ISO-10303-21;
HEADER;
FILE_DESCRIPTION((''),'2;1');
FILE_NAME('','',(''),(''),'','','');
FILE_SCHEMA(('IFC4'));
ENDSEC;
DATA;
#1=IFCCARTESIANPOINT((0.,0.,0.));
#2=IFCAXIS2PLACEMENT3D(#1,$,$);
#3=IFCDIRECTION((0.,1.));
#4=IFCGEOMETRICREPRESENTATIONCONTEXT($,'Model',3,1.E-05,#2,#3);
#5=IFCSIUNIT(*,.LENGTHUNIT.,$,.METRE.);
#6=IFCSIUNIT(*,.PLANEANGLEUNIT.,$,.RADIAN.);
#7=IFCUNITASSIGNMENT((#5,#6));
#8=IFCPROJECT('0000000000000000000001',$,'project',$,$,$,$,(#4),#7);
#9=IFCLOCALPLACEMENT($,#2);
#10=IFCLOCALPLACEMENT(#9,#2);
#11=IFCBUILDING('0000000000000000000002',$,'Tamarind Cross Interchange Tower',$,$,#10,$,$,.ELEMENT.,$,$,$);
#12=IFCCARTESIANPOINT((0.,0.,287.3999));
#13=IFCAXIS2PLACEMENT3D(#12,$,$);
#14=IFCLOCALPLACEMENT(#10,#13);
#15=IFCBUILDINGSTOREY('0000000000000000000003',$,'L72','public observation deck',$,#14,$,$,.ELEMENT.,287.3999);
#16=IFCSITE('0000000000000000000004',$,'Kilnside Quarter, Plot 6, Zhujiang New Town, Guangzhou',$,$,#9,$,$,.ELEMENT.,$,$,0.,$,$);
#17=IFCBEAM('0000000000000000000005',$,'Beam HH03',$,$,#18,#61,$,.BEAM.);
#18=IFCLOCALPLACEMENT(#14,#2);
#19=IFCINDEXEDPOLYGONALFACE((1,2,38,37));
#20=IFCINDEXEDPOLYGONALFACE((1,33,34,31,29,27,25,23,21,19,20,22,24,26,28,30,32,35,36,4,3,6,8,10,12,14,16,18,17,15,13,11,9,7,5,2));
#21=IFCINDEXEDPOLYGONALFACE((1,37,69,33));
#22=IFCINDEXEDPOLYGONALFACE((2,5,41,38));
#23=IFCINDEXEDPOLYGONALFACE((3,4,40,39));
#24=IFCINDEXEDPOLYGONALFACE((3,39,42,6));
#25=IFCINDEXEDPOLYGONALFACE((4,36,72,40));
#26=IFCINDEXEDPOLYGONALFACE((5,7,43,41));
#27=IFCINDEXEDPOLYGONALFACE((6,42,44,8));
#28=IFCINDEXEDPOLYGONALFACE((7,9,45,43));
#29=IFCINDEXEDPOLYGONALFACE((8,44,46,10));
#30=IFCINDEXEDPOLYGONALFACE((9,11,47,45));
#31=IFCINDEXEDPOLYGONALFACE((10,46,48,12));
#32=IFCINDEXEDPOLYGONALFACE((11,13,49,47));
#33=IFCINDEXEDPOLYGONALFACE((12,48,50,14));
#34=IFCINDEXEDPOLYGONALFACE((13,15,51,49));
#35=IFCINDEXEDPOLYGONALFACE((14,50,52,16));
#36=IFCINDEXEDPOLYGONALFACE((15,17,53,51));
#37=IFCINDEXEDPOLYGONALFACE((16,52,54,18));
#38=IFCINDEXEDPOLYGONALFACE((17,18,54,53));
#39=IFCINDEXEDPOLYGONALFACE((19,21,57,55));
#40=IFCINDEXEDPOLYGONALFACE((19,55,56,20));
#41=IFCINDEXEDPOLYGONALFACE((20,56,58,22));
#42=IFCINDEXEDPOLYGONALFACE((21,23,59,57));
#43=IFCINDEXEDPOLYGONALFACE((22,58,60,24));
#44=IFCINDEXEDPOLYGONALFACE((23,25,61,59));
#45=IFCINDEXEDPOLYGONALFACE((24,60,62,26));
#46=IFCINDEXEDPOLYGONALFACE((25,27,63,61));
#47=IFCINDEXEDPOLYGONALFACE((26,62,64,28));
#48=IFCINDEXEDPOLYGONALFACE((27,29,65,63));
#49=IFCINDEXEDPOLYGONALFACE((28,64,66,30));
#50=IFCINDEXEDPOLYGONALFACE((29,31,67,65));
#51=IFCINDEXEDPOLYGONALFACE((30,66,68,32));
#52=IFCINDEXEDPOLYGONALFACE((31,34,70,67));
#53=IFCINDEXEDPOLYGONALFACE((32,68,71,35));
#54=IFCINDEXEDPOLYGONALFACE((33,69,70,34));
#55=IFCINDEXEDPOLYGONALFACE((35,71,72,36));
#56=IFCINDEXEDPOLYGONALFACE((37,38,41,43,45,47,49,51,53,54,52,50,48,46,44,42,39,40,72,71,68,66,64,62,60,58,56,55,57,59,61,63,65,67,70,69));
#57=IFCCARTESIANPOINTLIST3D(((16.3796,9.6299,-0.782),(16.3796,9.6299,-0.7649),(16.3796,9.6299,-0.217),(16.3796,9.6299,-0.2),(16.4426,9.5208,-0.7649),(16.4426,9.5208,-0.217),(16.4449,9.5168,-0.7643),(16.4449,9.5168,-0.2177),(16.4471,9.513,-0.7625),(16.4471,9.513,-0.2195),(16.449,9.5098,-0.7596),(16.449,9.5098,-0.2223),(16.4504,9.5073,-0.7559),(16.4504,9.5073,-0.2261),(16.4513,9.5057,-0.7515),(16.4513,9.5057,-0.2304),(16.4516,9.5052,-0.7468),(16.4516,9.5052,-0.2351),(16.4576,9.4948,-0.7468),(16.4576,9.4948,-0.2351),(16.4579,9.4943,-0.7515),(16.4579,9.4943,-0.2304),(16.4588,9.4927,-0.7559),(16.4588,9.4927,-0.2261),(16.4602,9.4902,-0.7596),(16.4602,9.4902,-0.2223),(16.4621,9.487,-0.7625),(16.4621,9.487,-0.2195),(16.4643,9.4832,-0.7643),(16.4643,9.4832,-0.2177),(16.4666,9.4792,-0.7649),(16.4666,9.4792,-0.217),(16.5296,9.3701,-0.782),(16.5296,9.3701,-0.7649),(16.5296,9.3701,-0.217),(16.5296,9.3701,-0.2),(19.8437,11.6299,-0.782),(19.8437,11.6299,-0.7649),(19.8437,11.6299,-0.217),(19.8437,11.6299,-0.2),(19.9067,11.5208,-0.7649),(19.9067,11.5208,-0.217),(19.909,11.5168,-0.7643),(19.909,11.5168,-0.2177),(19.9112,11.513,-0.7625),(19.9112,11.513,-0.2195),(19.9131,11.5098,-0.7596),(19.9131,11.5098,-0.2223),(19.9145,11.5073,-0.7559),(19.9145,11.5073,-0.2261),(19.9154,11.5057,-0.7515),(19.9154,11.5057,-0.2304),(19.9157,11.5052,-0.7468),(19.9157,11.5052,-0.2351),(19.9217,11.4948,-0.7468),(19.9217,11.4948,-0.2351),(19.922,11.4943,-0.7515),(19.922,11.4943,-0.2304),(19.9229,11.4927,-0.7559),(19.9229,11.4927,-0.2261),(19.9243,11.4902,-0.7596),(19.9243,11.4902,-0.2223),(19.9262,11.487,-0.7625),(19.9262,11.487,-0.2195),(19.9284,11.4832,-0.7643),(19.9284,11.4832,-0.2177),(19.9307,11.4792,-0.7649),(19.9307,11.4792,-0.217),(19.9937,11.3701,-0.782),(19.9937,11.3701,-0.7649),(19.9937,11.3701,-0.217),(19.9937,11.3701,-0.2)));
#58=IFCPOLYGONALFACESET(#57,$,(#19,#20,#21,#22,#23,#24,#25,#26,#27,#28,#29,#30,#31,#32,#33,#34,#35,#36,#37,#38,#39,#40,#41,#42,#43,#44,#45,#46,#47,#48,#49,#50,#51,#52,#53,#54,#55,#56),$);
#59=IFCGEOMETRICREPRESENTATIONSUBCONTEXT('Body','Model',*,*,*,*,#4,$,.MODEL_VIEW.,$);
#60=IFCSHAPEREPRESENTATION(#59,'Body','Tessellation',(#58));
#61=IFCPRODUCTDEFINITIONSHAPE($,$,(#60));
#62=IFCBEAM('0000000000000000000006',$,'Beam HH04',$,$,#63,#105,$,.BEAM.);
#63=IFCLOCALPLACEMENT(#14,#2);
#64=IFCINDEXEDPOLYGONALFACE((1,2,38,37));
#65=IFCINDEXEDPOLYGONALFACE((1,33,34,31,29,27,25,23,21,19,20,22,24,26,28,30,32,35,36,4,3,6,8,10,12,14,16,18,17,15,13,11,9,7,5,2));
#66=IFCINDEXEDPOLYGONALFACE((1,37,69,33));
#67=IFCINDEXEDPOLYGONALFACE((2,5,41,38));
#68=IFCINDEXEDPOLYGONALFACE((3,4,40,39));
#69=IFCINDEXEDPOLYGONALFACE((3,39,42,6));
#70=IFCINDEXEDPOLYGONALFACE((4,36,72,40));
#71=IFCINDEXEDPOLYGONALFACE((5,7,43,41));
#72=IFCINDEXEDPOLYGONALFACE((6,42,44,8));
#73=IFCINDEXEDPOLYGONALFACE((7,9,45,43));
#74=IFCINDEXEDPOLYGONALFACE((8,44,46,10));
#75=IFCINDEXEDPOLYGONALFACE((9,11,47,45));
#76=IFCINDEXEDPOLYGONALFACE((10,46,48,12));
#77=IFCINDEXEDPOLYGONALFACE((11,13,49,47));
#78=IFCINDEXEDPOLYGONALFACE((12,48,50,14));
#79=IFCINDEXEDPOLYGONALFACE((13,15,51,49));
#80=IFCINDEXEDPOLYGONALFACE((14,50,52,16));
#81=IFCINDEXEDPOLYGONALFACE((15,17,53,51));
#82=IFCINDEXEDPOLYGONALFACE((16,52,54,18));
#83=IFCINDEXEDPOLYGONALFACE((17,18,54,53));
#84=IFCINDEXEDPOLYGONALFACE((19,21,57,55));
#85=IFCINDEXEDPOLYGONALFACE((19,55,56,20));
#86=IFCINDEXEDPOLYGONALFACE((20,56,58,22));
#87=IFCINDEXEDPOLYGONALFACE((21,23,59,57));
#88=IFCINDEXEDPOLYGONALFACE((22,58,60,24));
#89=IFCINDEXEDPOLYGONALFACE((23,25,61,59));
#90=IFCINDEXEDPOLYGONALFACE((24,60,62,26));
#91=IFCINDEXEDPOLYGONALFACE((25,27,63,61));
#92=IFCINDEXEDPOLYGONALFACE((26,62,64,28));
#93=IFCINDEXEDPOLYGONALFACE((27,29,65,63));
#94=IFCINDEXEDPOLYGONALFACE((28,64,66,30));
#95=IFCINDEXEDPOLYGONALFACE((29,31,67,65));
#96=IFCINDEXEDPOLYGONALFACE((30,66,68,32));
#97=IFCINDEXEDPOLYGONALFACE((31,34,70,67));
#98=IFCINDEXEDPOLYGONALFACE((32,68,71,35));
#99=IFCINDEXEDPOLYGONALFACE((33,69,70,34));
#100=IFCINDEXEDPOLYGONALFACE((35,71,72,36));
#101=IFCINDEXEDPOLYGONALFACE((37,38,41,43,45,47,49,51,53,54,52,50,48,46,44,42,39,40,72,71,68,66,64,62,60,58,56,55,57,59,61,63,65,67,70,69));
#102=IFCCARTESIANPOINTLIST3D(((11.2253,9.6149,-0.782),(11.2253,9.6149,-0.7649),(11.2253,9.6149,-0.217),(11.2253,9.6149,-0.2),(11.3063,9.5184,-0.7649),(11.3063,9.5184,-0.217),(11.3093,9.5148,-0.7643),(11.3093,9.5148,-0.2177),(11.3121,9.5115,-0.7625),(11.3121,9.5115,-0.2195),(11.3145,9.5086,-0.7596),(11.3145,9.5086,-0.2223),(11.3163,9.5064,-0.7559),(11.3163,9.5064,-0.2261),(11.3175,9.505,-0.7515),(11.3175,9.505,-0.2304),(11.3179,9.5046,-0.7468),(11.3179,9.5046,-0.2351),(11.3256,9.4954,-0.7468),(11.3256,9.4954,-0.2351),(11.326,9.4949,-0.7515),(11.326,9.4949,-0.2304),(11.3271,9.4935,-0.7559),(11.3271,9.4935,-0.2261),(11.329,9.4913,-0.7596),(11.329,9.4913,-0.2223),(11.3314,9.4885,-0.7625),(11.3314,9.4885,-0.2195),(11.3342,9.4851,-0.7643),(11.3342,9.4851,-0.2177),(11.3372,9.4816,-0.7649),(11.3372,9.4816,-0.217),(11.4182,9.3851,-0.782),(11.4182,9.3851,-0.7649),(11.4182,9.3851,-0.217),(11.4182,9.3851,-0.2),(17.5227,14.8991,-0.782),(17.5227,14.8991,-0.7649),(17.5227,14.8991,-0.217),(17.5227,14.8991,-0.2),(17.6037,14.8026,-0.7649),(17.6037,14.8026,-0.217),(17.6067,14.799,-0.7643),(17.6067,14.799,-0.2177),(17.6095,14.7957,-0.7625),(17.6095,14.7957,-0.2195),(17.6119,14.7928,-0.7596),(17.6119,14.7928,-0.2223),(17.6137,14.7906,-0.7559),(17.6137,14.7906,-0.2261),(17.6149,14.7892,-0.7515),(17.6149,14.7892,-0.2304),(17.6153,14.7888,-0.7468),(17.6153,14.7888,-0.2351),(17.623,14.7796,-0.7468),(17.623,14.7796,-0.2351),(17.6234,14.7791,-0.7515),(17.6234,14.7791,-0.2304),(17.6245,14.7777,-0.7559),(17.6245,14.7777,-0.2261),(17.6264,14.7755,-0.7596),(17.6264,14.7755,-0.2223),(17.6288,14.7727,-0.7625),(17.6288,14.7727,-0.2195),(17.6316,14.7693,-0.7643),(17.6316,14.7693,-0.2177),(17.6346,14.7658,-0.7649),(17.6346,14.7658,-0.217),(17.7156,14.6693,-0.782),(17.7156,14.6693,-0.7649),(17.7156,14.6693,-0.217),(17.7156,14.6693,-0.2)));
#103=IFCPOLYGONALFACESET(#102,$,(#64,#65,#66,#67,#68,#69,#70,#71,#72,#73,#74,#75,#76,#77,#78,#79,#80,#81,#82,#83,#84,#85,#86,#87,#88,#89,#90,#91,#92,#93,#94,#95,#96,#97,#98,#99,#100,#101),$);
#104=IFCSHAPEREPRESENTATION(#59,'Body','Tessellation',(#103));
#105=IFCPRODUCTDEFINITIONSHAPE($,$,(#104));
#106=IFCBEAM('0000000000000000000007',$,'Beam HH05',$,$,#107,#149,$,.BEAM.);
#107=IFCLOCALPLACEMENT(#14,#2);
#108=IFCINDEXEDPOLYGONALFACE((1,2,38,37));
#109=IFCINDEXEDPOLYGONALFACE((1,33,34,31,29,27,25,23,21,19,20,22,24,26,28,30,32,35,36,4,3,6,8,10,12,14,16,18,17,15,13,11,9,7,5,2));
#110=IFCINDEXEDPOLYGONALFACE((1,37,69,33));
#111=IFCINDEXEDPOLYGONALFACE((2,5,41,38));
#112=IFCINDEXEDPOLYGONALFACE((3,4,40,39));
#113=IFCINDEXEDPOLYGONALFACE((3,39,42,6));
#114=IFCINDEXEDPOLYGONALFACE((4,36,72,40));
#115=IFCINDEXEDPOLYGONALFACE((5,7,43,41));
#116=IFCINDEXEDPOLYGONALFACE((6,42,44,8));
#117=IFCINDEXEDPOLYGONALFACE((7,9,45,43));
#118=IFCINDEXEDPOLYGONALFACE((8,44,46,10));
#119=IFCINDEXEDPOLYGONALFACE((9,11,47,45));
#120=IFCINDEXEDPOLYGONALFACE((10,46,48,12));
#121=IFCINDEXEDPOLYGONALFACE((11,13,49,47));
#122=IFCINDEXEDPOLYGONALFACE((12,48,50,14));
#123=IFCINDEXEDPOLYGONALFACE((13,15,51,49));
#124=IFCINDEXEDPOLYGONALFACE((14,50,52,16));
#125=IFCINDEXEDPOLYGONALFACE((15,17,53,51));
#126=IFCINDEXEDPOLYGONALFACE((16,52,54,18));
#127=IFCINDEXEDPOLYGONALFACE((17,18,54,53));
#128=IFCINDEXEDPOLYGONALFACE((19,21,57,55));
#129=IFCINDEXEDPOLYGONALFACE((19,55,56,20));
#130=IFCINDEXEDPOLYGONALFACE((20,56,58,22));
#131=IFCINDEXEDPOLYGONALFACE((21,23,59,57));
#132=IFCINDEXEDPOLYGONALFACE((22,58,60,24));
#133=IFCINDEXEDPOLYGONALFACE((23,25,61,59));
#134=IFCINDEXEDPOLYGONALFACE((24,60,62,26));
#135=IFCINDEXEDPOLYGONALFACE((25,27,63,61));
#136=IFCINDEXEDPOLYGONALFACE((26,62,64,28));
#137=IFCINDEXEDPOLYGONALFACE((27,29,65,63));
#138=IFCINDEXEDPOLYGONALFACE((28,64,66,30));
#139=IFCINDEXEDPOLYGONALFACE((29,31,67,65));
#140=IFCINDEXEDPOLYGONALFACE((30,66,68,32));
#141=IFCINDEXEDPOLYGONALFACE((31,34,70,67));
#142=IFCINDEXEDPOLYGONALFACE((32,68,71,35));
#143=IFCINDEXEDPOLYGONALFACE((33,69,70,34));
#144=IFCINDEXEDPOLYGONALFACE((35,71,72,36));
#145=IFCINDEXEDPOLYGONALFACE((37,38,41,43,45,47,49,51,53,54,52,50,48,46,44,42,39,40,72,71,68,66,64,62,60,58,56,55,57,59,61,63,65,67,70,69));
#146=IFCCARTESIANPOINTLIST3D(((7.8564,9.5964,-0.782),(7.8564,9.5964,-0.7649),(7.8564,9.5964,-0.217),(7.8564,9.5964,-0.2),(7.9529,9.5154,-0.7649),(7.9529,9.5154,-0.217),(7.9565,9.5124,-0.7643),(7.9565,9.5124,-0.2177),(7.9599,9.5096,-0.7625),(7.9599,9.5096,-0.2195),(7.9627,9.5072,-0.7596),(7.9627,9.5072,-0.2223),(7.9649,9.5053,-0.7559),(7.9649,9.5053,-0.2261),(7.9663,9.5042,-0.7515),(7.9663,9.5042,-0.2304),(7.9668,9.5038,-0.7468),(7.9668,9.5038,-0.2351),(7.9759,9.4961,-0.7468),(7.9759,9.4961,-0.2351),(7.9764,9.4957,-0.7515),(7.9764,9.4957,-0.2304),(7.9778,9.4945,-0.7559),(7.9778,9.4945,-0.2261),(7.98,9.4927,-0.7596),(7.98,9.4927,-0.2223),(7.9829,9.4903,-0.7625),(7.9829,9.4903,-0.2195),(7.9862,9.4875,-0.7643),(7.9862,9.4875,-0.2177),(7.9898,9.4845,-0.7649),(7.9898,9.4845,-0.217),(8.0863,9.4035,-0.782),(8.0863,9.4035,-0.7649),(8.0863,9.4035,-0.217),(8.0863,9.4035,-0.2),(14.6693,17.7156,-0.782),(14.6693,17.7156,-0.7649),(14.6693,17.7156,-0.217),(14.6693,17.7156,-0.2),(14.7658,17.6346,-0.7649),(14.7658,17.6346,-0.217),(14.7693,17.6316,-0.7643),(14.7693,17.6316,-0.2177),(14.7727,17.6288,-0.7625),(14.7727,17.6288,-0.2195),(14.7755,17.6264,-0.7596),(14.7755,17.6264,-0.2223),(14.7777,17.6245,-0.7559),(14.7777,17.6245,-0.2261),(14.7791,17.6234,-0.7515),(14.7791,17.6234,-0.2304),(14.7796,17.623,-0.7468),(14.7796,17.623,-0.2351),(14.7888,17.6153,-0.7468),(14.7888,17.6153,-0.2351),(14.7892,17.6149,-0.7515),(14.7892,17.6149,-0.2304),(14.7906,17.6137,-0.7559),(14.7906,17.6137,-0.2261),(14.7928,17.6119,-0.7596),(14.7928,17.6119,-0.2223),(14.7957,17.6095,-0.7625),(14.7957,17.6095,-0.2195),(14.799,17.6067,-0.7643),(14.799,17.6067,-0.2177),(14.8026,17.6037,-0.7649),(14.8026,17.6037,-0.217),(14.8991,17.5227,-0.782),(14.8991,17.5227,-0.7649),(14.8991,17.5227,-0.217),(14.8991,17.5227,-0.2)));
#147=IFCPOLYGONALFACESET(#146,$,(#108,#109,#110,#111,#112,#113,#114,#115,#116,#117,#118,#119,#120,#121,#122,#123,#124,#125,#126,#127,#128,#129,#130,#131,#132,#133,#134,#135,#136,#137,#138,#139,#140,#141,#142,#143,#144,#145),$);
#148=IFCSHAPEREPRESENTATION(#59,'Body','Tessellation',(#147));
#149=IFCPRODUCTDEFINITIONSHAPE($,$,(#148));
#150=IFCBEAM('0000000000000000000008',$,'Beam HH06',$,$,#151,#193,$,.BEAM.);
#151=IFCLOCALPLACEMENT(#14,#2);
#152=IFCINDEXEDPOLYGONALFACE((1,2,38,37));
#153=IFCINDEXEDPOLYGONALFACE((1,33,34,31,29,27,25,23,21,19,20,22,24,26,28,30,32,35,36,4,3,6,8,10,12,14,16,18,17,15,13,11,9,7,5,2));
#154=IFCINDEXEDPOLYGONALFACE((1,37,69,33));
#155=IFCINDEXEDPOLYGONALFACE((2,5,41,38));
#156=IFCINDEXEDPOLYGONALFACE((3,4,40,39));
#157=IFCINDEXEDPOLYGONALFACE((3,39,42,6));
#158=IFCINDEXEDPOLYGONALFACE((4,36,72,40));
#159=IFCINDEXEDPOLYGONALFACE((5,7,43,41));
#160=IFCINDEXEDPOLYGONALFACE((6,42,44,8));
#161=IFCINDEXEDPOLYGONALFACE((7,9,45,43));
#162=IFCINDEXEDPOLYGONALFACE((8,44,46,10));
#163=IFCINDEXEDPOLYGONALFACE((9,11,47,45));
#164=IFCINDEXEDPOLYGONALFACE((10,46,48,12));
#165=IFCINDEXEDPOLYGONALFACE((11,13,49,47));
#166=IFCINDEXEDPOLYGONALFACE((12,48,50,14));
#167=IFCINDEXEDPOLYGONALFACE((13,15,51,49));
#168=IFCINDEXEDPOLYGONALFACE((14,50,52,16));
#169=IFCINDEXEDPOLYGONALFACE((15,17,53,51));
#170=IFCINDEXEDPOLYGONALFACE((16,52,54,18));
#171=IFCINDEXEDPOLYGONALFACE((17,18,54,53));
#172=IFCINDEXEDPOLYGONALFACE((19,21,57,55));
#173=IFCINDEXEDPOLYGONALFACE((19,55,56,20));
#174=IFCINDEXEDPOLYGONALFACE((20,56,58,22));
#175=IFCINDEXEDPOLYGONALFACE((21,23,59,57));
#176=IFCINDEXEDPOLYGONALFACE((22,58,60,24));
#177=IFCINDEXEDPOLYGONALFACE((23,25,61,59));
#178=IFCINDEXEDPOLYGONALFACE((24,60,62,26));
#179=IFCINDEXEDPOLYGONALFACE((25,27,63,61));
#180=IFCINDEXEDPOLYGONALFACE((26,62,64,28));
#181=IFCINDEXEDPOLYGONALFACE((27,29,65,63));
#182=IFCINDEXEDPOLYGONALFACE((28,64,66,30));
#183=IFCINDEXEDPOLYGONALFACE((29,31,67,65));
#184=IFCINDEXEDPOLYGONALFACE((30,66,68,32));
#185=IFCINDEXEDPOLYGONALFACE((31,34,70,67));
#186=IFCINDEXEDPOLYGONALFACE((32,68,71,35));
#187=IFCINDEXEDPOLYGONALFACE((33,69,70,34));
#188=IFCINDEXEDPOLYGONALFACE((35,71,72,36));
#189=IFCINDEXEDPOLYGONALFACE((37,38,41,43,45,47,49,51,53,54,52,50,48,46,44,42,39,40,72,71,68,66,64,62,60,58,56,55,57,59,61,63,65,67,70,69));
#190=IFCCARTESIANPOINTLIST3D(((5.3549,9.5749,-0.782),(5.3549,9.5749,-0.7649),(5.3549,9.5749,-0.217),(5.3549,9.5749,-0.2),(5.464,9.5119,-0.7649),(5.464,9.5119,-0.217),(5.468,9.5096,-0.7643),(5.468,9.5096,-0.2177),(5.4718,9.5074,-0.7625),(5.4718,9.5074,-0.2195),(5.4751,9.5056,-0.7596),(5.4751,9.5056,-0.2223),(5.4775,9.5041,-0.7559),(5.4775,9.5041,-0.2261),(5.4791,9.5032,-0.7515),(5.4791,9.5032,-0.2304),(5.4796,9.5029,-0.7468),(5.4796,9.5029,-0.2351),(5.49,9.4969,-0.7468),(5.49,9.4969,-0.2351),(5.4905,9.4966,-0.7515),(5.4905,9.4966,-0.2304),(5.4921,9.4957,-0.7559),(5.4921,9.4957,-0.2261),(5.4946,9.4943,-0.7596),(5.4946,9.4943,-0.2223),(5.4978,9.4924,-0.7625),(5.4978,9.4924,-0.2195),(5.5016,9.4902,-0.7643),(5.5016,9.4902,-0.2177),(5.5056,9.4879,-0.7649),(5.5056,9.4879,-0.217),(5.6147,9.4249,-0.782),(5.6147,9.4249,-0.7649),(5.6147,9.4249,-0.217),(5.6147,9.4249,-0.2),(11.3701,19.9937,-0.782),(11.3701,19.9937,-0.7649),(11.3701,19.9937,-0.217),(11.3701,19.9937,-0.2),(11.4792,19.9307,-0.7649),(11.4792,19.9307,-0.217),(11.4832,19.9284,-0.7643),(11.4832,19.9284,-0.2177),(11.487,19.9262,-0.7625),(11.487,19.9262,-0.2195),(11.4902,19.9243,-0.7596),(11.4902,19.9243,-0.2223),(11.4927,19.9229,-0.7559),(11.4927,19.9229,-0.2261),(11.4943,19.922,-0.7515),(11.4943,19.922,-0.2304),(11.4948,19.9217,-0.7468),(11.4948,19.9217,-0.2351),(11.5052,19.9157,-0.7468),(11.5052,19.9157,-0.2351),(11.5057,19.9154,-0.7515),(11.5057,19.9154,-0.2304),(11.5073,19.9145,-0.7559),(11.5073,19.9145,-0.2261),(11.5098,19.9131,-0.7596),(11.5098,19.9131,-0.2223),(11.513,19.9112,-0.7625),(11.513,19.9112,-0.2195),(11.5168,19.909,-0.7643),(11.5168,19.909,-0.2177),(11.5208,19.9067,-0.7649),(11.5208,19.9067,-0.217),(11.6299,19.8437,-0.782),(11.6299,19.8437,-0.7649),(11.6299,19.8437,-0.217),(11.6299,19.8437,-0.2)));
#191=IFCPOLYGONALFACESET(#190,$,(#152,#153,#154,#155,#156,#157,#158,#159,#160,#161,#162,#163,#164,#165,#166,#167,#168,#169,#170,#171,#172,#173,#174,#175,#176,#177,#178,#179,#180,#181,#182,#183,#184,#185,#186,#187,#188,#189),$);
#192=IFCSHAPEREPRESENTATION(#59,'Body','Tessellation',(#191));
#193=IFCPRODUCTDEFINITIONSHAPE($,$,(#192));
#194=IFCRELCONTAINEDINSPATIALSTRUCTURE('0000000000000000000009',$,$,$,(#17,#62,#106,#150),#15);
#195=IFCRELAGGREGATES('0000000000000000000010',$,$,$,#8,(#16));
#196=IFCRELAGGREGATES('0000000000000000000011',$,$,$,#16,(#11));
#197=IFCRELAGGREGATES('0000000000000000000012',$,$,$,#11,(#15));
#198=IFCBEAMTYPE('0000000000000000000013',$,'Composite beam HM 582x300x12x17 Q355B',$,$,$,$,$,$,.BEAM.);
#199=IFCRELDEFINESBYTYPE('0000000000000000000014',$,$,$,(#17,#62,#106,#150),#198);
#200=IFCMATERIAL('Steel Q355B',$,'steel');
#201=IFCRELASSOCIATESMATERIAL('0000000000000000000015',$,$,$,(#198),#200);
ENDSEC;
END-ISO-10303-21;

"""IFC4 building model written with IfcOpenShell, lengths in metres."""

from ifc_helpers import new_model, si_unit, direction, frame, origin, origin_2d, place, context, subcontext, project, spatial, i_section, extrude, material, material_profile, profile_set, type_object, element, save


model = new_model("IFC4")

# Units and contexts
model_context = context("Model", 3, precision=1e-05, world=origin(), true_north=direction((0.0, 1.0)))
body_context = subcontext(model_context, "Body", "Model", "MODEL_VIEW")
ifc_project = project(units=[si_unit("LENGTHUNIT", "METRE"), si_unit("PLANEANGLEUNIT", "RADIAN")], contexts=[model_context])

# Site, building, storey
site_placement = place(None, origin())
site = spatial("IfcSite", under=ifc_project, at=site_placement, Name="Kilnside Quarter, Plot 6, Zhujiang New Town, Guangzhou", CompositionType="ELEMENT", RefElevation=0.0)
building_placement = place(site_placement, origin())
building = spatial("IfcBuilding", under=site, at=building_placement, Name="Tamarind Cross Interchange Tower", CompositionType="ELEMENT")
storey_placement = place(building_placement, frame((0.0, 0.0, 287.3999)))
storey = spatial("IfcBuildingStorey", under=building, at=storey_placement, Name="L72", Description="public observation deck", CompositionType="ELEMENT", Elevation=287.3999)

# Beams
ifc_material_1 = material(Name="Steel Q355B", Category="steel")
ifc_material_profile_1 = material_profile(ifc_material_1, i_section(OverallWidth=0.3, OverallDepth=0.582, WebThickness=0.012, FlangeThickness=0.0171, FilletRadius=0.0181, at=origin_2d()), Name="HM 582x300x12x17")
ifc_profile_set_1 = profile_set([ifc_material_profile_1], Name="Steel Q355B")
beam_type = type_object("IfcBeamType", Name="Composite beam HM 582x300x12x17 Q355B", PredefinedType="BEAM", material=ifc_profile_set_1)
beam_1_placement = place(storey_placement, frame((19.9187, 11.5, -0.491), z_axis=(-0.866026, -0.499999, 0.0), x_axis=(0.499999, -0.866026, 0.0)))
element("IfcBeam", 1, at=beam_1_placement, inside=storey, type_object=beam_type, Name="Beam HH03", PredefinedType="BEAM", context=body_context, shape_type="SweptSolid", body=[
    extrude(i_section(OverallWidth=0.3, OverallDepth=0.582, WebThickness=0.012, FlangeThickness=0.0171, FilletRadius=0.0181, at=origin_2d()), origin(), (0.0, 0.0, 1.0), 4.0),
])
beam_2_placement = place(storey_placement, frame((17.6191, 14.7842, -0.491), z_axis=(-0.766041, -0.642792, 0.0), x_axis=(0.642792, -0.766041, 0.0)))
element("IfcBeam", 2, at=beam_2_placement, inside=storey, type_object=beam_type, Name="Beam HH04", PredefinedType="BEAM", context=body_context, shape_type="SweptSolid", body=[
    extrude(i_section(OverallWidth=0.3, OverallDepth=0.582, WebThickness=0.012, FlangeThickness=0.0171, FilletRadius=0.0181, at=origin_2d()), origin(), (0.0, 0.0, 1.0), 8.2207),
])
beam_3_placement = place(storey_placement, frame((14.7842, 17.6191, -0.491), z_axis=(-0.642786, -0.766046, 0.0), x_axis=(0.766046, -0.642786, 0.0)))
element("IfcBeam", 3, at=beam_3_placement, inside=storey, type_object=beam_type, Name="Beam HH05", PredefinedType="BEAM", context=body_context, shape_type="SweptSolid", body=[
    extrude(i_section(OverallWidth=0.3, OverallDepth=0.582, WebThickness=0.012, FlangeThickness=0.0171, FilletRadius=0.0181, at=origin_2d()), origin(), (0.0, 0.0, 1.0), 10.5989),
])
beam_4_placement = place(storey_placement, frame((11.5, 19.9187, -0.491), z_axis=(-0.499994, -0.866029, 0.0), x_axis=(0.866029, -0.499994, 0.0)))
element("IfcBeam", 4, at=beam_4_placement, inside=storey, type_object=beam_type, Name="Beam HH06", PredefinedType="BEAM", context=body_context, shape_type="SweptSolid", body=[
    extrude(i_section(OverallWidth=0.3, OverallDepth=0.582, WebThickness=0.012, FlangeThickness=0.0171, FilletRadius=0.0181, at=origin_2d()), origin(), (0.0, 0.0, 1.0), 12.0305),
])

save(model, "model.ifc")
